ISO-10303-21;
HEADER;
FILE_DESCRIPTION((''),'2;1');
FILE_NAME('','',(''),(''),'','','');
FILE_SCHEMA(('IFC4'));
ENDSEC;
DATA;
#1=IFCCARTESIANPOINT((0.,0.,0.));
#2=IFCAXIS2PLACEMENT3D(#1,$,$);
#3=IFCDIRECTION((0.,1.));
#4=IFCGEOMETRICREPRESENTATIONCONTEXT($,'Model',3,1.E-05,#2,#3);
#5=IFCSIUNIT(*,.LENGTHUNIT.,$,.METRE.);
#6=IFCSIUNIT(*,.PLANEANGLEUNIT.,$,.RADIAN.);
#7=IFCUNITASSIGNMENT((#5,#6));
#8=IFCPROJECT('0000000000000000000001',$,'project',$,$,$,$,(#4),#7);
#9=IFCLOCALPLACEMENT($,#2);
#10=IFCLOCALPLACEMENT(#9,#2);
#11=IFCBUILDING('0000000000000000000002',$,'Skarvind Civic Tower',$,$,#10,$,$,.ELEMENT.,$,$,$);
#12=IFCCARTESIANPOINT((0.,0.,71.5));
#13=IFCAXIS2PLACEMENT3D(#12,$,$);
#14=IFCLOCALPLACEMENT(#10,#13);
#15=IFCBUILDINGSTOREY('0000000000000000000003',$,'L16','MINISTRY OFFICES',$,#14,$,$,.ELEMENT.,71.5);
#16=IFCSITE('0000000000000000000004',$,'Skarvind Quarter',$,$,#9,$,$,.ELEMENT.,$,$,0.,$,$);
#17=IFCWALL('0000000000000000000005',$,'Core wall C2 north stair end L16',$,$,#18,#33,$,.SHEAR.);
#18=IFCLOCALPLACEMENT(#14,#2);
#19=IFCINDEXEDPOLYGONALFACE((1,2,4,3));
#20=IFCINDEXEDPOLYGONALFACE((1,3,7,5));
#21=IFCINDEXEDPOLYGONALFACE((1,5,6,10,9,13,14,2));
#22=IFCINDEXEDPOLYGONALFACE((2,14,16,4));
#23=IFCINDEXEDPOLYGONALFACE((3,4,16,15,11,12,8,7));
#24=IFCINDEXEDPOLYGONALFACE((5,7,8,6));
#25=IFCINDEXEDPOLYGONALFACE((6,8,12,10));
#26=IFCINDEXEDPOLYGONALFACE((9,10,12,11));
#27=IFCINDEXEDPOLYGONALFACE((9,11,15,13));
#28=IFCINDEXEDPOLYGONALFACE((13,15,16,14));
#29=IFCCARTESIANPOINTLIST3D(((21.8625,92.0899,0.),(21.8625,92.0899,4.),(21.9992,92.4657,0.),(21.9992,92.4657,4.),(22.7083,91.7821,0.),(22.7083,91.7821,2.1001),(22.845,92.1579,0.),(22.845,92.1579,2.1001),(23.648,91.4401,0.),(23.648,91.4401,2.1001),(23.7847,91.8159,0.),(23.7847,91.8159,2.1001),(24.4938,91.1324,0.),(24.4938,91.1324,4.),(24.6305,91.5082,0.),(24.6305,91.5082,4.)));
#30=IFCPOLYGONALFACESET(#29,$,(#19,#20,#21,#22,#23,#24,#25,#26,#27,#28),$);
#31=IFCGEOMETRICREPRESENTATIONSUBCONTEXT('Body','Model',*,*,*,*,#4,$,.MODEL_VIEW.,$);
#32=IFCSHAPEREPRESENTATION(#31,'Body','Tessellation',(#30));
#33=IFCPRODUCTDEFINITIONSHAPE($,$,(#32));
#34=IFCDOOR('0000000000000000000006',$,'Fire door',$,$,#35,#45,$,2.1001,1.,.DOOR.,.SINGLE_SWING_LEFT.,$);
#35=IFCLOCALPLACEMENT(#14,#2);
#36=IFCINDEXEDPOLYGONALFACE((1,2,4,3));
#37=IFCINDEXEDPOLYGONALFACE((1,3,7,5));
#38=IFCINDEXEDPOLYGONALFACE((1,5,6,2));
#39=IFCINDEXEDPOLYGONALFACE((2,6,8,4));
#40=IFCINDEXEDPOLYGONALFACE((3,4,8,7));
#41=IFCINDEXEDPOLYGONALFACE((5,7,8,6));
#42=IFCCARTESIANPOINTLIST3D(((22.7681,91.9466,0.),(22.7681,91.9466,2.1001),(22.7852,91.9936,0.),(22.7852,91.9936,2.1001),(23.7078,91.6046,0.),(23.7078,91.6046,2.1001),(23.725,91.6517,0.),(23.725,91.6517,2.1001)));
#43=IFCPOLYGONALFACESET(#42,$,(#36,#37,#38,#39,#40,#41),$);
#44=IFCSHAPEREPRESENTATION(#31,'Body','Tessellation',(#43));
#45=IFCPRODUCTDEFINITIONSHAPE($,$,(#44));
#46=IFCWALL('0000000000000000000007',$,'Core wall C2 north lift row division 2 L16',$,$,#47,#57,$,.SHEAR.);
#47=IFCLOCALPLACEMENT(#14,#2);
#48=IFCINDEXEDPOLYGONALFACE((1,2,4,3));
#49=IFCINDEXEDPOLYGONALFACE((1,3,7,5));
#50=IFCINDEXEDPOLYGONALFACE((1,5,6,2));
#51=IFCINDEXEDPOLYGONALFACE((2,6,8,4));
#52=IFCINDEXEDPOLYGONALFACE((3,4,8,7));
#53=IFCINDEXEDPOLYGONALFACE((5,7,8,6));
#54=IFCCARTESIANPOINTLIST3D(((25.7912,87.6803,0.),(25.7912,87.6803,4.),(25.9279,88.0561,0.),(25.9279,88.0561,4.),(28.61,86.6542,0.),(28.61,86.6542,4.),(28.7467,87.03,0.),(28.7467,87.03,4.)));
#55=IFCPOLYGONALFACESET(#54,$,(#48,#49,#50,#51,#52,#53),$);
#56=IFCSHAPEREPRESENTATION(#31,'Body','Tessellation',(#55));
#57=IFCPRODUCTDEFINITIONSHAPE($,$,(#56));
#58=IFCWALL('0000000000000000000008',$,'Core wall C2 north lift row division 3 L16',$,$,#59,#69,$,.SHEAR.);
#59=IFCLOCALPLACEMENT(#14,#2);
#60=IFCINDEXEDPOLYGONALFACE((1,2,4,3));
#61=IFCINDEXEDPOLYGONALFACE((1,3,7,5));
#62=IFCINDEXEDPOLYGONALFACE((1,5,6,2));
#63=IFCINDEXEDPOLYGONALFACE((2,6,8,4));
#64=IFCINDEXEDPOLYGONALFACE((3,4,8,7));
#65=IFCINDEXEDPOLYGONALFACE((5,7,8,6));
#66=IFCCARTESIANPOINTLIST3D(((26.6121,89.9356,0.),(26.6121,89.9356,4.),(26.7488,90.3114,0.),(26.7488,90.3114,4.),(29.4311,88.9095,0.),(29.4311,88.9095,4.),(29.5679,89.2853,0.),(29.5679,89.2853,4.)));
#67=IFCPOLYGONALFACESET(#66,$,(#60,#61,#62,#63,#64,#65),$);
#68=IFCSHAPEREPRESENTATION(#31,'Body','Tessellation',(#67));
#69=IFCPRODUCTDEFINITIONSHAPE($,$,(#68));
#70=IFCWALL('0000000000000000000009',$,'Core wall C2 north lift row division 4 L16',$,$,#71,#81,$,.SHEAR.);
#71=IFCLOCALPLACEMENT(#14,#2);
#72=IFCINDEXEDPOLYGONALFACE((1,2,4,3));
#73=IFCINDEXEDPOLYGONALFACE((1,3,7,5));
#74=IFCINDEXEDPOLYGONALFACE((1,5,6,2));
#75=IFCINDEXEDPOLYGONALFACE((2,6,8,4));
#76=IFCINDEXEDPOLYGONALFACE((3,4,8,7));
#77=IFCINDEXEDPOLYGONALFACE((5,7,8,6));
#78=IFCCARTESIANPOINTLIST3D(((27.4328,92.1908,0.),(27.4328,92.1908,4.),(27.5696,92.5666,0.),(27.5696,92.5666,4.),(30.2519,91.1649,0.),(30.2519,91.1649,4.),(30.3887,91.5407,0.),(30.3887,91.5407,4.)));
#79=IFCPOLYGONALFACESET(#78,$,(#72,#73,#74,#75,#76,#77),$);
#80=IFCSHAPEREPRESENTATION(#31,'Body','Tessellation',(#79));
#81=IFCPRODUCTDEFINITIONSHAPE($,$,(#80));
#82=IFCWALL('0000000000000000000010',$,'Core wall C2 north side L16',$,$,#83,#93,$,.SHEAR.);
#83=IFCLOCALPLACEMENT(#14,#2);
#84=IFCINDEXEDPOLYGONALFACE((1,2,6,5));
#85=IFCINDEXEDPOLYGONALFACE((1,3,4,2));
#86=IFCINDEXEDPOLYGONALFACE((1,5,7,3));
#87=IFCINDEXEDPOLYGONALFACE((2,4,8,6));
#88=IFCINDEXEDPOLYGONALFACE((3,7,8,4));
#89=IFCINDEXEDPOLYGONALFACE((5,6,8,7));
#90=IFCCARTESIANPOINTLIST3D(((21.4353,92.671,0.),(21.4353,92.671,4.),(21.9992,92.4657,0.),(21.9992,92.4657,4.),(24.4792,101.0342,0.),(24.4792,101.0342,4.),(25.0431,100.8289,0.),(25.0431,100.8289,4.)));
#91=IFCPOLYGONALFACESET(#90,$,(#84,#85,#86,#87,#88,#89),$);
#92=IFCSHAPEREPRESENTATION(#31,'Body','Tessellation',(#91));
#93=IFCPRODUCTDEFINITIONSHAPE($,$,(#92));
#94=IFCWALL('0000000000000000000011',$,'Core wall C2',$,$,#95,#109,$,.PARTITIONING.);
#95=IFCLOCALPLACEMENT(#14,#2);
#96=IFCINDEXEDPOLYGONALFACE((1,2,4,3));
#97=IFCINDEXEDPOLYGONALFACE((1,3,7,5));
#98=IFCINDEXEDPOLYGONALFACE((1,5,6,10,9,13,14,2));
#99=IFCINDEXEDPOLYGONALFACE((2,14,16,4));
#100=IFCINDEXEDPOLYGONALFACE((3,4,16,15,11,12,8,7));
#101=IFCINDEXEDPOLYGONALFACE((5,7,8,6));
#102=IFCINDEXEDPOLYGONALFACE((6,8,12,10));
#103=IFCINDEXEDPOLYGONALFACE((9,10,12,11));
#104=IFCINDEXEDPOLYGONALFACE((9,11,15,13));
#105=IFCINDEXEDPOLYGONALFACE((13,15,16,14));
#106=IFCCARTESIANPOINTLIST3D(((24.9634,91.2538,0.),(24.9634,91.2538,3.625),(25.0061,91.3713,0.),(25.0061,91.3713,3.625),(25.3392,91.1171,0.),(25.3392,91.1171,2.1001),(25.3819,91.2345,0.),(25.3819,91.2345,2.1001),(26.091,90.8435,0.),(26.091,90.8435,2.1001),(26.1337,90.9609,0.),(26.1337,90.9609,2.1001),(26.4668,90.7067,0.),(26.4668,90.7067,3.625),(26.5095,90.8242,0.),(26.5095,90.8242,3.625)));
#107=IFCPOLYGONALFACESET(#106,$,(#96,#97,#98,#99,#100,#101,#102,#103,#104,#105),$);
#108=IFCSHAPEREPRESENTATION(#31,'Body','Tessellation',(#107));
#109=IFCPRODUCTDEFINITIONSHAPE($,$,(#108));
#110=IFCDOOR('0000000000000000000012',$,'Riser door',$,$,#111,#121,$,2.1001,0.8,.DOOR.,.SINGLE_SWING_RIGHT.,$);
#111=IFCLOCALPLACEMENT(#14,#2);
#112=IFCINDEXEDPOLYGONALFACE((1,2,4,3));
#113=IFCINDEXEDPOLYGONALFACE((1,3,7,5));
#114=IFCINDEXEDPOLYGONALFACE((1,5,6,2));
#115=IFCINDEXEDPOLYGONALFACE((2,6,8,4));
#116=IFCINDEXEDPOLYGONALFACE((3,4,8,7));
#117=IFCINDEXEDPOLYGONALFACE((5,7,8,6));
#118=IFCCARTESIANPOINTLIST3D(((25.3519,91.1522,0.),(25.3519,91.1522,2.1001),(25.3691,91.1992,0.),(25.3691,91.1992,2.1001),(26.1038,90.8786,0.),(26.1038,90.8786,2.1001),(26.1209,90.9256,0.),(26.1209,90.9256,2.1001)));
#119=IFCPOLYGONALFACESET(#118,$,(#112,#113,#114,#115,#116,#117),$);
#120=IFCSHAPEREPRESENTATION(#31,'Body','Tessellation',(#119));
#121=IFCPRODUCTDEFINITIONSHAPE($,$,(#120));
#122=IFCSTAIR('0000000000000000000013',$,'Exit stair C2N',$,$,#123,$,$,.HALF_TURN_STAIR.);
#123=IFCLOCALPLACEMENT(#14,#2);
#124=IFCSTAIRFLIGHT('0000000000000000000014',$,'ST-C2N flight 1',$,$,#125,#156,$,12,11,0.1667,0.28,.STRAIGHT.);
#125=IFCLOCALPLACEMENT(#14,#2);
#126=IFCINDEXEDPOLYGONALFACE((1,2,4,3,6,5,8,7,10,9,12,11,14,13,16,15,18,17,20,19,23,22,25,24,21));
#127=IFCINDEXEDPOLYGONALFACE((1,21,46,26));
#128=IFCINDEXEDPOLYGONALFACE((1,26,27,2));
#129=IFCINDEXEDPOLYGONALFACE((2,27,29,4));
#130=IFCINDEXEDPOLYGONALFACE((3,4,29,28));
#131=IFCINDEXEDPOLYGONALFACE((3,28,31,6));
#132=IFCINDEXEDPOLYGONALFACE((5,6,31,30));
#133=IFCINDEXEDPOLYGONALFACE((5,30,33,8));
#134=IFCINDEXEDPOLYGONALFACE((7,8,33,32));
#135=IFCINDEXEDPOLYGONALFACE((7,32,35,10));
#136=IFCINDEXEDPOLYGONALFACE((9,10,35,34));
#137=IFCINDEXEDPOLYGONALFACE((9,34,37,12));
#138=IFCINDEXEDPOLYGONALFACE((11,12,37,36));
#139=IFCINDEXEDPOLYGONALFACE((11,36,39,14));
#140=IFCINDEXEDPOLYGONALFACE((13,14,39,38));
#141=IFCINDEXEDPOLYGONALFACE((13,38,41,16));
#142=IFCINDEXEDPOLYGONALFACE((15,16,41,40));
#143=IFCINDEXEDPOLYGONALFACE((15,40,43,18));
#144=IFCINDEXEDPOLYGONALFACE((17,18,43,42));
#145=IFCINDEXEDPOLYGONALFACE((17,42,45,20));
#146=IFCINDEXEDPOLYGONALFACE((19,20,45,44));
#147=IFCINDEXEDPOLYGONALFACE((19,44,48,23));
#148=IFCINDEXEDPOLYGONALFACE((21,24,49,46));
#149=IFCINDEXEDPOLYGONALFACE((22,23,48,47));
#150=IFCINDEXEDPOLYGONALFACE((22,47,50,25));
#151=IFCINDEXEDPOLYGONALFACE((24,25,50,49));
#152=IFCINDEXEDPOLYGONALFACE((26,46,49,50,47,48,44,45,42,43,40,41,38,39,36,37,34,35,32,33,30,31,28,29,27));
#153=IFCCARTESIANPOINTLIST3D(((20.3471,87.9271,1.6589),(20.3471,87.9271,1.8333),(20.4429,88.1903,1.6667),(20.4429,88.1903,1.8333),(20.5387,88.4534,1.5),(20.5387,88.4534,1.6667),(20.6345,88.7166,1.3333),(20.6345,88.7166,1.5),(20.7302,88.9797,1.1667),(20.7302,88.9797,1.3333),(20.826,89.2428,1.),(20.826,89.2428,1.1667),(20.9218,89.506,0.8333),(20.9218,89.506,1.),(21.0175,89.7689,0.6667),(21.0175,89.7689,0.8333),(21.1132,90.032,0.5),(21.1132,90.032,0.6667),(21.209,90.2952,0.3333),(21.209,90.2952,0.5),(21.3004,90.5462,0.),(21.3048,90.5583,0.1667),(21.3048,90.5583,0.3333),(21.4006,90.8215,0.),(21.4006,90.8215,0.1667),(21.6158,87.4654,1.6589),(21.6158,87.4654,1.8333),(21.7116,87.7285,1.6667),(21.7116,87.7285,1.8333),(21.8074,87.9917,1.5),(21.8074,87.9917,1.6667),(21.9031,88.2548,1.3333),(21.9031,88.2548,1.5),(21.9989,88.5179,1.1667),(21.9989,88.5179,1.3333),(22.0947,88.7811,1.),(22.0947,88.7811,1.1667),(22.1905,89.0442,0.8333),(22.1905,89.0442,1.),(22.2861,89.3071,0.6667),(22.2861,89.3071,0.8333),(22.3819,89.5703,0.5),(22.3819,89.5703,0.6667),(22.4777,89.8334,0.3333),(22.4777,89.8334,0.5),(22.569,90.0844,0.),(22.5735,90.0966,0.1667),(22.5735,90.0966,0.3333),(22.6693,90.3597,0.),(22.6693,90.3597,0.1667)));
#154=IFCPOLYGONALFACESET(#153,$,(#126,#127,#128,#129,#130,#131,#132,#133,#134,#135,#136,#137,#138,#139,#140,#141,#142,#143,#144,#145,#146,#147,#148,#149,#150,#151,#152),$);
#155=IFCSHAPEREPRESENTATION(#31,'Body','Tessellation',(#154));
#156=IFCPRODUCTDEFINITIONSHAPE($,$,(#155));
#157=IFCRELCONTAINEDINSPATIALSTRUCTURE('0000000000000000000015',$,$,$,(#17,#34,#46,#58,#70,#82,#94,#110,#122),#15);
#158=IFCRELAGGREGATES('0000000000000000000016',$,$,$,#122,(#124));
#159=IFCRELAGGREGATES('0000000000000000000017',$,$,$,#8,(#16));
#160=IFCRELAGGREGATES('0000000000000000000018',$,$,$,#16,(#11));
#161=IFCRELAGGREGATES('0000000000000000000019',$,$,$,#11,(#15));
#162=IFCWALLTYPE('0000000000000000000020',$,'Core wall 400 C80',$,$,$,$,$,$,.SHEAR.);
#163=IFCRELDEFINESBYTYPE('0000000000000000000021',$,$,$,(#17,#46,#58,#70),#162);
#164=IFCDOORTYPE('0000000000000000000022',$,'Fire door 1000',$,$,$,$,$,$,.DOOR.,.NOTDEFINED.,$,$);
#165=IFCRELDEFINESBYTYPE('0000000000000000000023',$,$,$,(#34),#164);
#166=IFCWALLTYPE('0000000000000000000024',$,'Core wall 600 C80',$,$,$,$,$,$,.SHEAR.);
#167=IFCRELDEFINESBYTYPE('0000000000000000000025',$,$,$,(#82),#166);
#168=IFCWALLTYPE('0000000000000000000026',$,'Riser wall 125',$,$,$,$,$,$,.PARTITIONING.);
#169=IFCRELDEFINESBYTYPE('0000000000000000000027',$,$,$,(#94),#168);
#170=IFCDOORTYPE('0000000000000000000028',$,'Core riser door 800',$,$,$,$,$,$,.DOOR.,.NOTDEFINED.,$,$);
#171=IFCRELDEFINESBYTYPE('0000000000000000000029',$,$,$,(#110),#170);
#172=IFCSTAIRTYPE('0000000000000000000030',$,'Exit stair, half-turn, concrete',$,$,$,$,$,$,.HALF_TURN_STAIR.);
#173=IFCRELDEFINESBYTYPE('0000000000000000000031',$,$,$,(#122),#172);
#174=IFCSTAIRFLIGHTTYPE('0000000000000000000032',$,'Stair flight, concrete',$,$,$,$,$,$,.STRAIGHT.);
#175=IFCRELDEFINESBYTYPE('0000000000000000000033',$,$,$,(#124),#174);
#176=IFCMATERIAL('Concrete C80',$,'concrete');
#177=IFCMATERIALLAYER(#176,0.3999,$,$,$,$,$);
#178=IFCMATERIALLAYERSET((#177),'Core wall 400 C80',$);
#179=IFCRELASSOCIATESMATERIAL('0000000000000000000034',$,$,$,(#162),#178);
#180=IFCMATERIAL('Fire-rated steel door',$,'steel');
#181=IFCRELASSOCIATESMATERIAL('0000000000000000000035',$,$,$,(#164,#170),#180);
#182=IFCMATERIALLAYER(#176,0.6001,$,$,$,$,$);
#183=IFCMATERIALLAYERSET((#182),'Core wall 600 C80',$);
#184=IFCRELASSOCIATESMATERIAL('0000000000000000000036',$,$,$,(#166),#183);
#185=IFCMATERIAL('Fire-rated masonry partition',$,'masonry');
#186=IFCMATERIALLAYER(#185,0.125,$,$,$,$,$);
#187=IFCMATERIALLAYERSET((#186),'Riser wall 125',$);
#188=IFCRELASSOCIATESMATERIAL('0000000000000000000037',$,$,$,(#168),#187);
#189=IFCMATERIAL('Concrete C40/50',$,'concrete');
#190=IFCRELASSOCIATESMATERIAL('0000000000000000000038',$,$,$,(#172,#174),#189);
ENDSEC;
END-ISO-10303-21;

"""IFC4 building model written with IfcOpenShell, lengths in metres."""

from ifc_helpers import new_model, si_unit, direction, frame, frame_2d, origin, place, context, subcontext, project, spatial, polyline, rectangle, outline, extrude, material, layer, layer_set, type_object, element, fill, aggregate, save


model = new_model("IFC4")

# Units and contexts
model_context = context("Model", 3, precision=1e-05, world=origin(), true_north=direction((0.0, 1.0)))
body_context = subcontext(model_context, "Body", "Model", "MODEL_VIEW")
ifc_project = project(units=[si_unit("LENGTHUNIT", "METRE"), si_unit("PLANEANGLEUNIT", "RADIAN")], contexts=[model_context])

# Site, building, storey
site_placement = place(None, origin())
site = spatial("IfcSite", under=ifc_project, at=site_placement, Name="Skarvind Quarter", CompositionType="ELEMENT", RefElevation=0.0)
building_placement = place(site_placement, origin())
building = spatial("IfcBuilding", under=site, at=building_placement, Name="Skarvind Civic Tower", CompositionType="ELEMENT")
storey_placement = place(building_placement, frame((0.0, 0.0, 71.5)))
storey = spatial("IfcBuildingStorey", under=building, at=storey_placement, Name="L16", Description="MINISTRY OFFICES", CompositionType="ELEMENT", Elevation=71.5)

# Wall, opening, door
ifc_material_1 = material(Name="Concrete C80", Category="concrete")
ifc_layer_1 = layer(ifc_material_1, 0.3999)
ifc_layer_set_1 = layer_set([ifc_layer_1], Name="Core wall 400 C80")
wall_type_1 = type_object("IfcWallType", Name="Core wall 400 C80", PredefinedType="SHEAR", material=ifc_layer_set_1)
wall_1_placement = place(storey_placement, frame((24.562, 91.3203, 0.0), z_axis=(0.0, 0.0, 1.0), x_axis=(-0.939717, 0.341953, 0.0)))
wall_1 = element("IfcWall", 1, at=wall_1_placement, inside=storey, type_object=wall_type_1, Name="Core wall C2 north stair end L16", PredefinedType="SHEAR", context=body_context, shape_type="SweptSolid", body=[
    extrude(rectangle(XDim=2.8, YDim=0.3999, at=frame_2d((1.3999, 0.0))), origin(), (0.0, 0.0, 1.0), 4.0),
])
opening_1_placement = place(wall_1_placement, frame((0.8999, 0.0, 0.0)))
opening_1 = element("IfcOpeningElement", 2, at=opening_1_placement, cuts=wall_1, PredefinedType="OPENING", context=body_context, shape_type="SweptSolid", body=[
    extrude(rectangle(XDim=1.0, YDim=2.1001, at=frame_2d((0.5, 1.05))), frame((0.0, 0.21, 0.0), z_axis=(0.0, -1.0, 0.0), x_axis=(1.0, 0.0, 0.0)), (0.0, 0.0, 1.0), 0.4199),
])
ifc_material_2 = material(Name="Fire-rated steel door", Category="steel")
door_type_1 = type_object("IfcDoorType", Name="Fire door 1000", OperationType="NOTDEFINED", PredefinedType="DOOR", material=ifc_material_2)
door_1_placement = place(opening_1_placement, origin())
door_1 = element("IfcDoor", 3, at=door_1_placement, inside=storey, type_object=door_type_1, Name="Fire door", OperationType="SINGLE_SWING_LEFT", OverallHeight=2.1001, OverallWidth=1.0, PredefinedType="DOOR", context=body_context, shape_type="SweptSolid", body=[
    extrude(rectangle(XDim=1.0, YDim=2.1001, at=frame_2d((0.5, 1.05))), frame((0.0, 0.0249, 0.0), z_axis=(0.0, -1.0, 0.0), x_axis=(1.0, 0.0, 0.0)), (0.0, 0.0, 1.0), 0.05),
])
fill(opening_1, door_1)

# Walls
wall_2_placement = place(storey_placement, frame((28.6785, 86.842, 0.0), z_axis=(0.0, 0.0, 1.0), x_axis=(-0.939677, 0.342063, 0.0)))
element("IfcWall", 4, at=wall_2_placement, inside=storey, type_object=wall_type_1, Name="Core wall C2 north lift row division 2 L16", PredefinedType="SHEAR", context=body_context, shape_type="SweptSolid", body=[
    extrude(rectangle(XDim=2.9998, YDim=0.3999, at=frame_2d((1.5, 0.0))), origin(), (0.0, 0.0, 1.0), 4.0),
])
for number, where, z_axis, x_axis, name in (
    (5, (29.4995, 89.0974, 0.0), (0.0, 0.0, 1.0), (-0.939686, 0.342037, 0.0), "Core wall C2 north lift row division 3 L16"),
    (6, (30.3203, 91.3528, 0.0), (0.0, 0.0, 1.0), (-0.939713, 0.341965, 0.0), "Core wall C2 north lift row division 4 L16"),
):
    element("IfcWall", number, at=place(storey_placement, frame(where, z_axis=z_axis, x_axis=x_axis)), inside=storey, type_object=wall_type_1, Name=name, PredefinedType="SHEAR", context=body_context, shape_type="SweptSolid", body=[
        extrude(rectangle(XDim=3.0, YDim=0.3999, at=frame_2d((1.5, 0.0))), origin(), (0.0, 0.0, 1.0), 4.0),
    ])
ifc_layer_2 = layer(ifc_material_1, 0.6001)
ifc_layer_set_2 = layer_set([ifc_layer_2], Name="Core wall 600 C80")
wall_type_2 = type_object("IfcWallType", Name="Core wall 600 C80", PredefinedType="SHEAR", material=ifc_layer_set_2)
wall_3_placement = place(storey_placement, frame((21.7173, 92.5684, 0.0), z_axis=(0.0, 0.0, 1.0), x_axis=(0.342016, 0.939694, 0.0)))
element("IfcWall", 7, at=wall_3_placement, inside=storey, type_object=wall_type_2, Name="Core wall C2 north side L16", PredefinedType="SHEAR", context=body_context, shape_type="SweptSolid", body=[
    extrude(rectangle(XDim=8.8999, YDim=0.6001, at=frame_2d((4.45, 0.0))), origin(), (0.0, 0.0, 1.0), 4.0),
])

# Wall, opening, door
ifc_material_3 = material(Name="Fire-rated masonry partition", Category="masonry")
ifc_layer_3 = layer(ifc_material_3, 0.125)
ifc_layer_set_3 = layer_set([ifc_layer_3], Name="Riser wall 125")
wall_type_3 = type_object("IfcWallType", Name="Riser wall 125", PredefinedType="PARTITIONING", material=ifc_layer_set_3)
wall_4_placement = place(storey_placement, frame((24.9849, 91.3125, 0.0), z_axis=(0.0, 0.0, 1.0), x_axis=(0.939709, -0.341976, 0.0)))
wall_4 = element("IfcWall", 8, at=wall_4_placement, inside=storey, type_object=wall_type_3, Name="Core wall C2", PredefinedType="PARTITIONING", context=body_context, shape_type="SweptSolid", body=[
    extrude(rectangle(XDim=1.5999, YDim=0.125, at=frame_2d((0.7998, 0.0))), origin(), (0.0, 0.0, 1.0), 3.625),
])
opening_2_placement = place(wall_4_placement, frame((0.3999, 0.0, 0.0)))
opening_2 = element("IfcOpeningElement", 9, at=opening_2_placement, cuts=wall_4, PredefinedType="OPENING", context=body_context, shape_type="SweptSolid", body=[
    extrude(rectangle(XDim=0.8, YDim=2.1001, at=frame_2d((0.3999, 1.05))), frame((0.0, 0.0725, 0.0), z_axis=(0.0, -1.0, 0.0), x_axis=(1.0, 0.0, 0.0)), (0.0, 0.0, 1.0), 0.145),
])
door_type_2 = type_object("IfcDoorType", Name="Core riser door 800", OperationType="NOTDEFINED", PredefinedType="DOOR", material=ifc_material_2)
door_2_placement = place(opening_2_placement, origin())
door_2 = element("IfcDoor", 10, at=door_2_placement, inside=storey, type_object=door_type_2, Name="Riser door", OperationType="SINGLE_SWING_RIGHT", OverallHeight=2.1001, OverallWidth=0.8, PredefinedType="DOOR", context=body_context, shape_type="SweptSolid", body=[
    extrude(rectangle(XDim=0.8, YDim=2.1001, at=frame_2d((0.3999, 1.05))), frame((0.0, 0.0249, 0.0), z_axis=(0.0, -1.0, 0.0), x_axis=(1.0, 0.0, 0.0)), (0.0, 0.0, 1.0), 0.05),
])
fill(opening_2, door_2)

# Stair, stair flight
ifc_material_4 = material(Name="Concrete C40/50", Category="concrete")
stair_type = type_object("IfcStairType", Name="Exit stair, half-turn, concrete", PredefinedType="HALF_TURN_STAIR", material=ifc_material_4)
stair_placement = place(storey_placement, origin())
stair = element("IfcStair", 11, at=stair_placement, inside=storey, type_object=stair_type, Name="Exit stair C2N", PredefinedType="HALF_TURN_STAIR")
stair_flight_type = type_object("IfcStairFlightType", Name="Stair flight, concrete", PredefinedType="STRAIGHT", material=ifc_material_4)
stair_flight_1_placement = place(storey_placement, frame((22.0349, 90.5906, 0.0), z_axis=(0.0, 0.0, 1.0), x_axis=(-0.34202, -0.939693, 0.0)))
stair_flight_1 = element("IfcStairFlight", 12, at=stair_flight_1_placement, type_object=stair_flight_type, Name="ST-C2N flight 1", NumberOfRisers=12, NumberOfTreads=11, PredefinedType="STRAIGHT", RiserHeight=0.1667, TreadLength=0.28, context=body_context, shape_type="SweptSolid", body=[
    extrude(outline(polyline([(0.0, 0.0), (0.0, 0.1667), (0.28, 0.1667), (0.28, 0.3333), (0.5601, 0.3333), (0.5601, 0.5), (0.8401, 0.5), (0.8401, 0.6667), (1.1201, 0.6667), (1.1201, 0.8333), (1.3999, 0.8333), (1.3999, 1.0), (1.6799, 1.0), (1.6799, 1.1667), (1.96, 1.1667), (1.96, 1.3333), (2.24, 1.3333), (2.24, 1.5), (2.52, 1.5), (2.52, 1.6667), (2.8, 1.6667), (2.8, 1.8333), (3.0801, 1.8333), (3.0801, 2.0), (3.0801, 1.6589), (0.293, 0.0), (0.0, 0.0)])), frame((0.0, 0.675, 0.0), z_axis=(0.0, -1.0, 0.0), x_axis=(1.0, 0.0, 0.0)), (0.0, 0.0, 1.0), 1.3501),
])
aggregate(stair, [stair_flight_1])

save(model, "model.ifc")
